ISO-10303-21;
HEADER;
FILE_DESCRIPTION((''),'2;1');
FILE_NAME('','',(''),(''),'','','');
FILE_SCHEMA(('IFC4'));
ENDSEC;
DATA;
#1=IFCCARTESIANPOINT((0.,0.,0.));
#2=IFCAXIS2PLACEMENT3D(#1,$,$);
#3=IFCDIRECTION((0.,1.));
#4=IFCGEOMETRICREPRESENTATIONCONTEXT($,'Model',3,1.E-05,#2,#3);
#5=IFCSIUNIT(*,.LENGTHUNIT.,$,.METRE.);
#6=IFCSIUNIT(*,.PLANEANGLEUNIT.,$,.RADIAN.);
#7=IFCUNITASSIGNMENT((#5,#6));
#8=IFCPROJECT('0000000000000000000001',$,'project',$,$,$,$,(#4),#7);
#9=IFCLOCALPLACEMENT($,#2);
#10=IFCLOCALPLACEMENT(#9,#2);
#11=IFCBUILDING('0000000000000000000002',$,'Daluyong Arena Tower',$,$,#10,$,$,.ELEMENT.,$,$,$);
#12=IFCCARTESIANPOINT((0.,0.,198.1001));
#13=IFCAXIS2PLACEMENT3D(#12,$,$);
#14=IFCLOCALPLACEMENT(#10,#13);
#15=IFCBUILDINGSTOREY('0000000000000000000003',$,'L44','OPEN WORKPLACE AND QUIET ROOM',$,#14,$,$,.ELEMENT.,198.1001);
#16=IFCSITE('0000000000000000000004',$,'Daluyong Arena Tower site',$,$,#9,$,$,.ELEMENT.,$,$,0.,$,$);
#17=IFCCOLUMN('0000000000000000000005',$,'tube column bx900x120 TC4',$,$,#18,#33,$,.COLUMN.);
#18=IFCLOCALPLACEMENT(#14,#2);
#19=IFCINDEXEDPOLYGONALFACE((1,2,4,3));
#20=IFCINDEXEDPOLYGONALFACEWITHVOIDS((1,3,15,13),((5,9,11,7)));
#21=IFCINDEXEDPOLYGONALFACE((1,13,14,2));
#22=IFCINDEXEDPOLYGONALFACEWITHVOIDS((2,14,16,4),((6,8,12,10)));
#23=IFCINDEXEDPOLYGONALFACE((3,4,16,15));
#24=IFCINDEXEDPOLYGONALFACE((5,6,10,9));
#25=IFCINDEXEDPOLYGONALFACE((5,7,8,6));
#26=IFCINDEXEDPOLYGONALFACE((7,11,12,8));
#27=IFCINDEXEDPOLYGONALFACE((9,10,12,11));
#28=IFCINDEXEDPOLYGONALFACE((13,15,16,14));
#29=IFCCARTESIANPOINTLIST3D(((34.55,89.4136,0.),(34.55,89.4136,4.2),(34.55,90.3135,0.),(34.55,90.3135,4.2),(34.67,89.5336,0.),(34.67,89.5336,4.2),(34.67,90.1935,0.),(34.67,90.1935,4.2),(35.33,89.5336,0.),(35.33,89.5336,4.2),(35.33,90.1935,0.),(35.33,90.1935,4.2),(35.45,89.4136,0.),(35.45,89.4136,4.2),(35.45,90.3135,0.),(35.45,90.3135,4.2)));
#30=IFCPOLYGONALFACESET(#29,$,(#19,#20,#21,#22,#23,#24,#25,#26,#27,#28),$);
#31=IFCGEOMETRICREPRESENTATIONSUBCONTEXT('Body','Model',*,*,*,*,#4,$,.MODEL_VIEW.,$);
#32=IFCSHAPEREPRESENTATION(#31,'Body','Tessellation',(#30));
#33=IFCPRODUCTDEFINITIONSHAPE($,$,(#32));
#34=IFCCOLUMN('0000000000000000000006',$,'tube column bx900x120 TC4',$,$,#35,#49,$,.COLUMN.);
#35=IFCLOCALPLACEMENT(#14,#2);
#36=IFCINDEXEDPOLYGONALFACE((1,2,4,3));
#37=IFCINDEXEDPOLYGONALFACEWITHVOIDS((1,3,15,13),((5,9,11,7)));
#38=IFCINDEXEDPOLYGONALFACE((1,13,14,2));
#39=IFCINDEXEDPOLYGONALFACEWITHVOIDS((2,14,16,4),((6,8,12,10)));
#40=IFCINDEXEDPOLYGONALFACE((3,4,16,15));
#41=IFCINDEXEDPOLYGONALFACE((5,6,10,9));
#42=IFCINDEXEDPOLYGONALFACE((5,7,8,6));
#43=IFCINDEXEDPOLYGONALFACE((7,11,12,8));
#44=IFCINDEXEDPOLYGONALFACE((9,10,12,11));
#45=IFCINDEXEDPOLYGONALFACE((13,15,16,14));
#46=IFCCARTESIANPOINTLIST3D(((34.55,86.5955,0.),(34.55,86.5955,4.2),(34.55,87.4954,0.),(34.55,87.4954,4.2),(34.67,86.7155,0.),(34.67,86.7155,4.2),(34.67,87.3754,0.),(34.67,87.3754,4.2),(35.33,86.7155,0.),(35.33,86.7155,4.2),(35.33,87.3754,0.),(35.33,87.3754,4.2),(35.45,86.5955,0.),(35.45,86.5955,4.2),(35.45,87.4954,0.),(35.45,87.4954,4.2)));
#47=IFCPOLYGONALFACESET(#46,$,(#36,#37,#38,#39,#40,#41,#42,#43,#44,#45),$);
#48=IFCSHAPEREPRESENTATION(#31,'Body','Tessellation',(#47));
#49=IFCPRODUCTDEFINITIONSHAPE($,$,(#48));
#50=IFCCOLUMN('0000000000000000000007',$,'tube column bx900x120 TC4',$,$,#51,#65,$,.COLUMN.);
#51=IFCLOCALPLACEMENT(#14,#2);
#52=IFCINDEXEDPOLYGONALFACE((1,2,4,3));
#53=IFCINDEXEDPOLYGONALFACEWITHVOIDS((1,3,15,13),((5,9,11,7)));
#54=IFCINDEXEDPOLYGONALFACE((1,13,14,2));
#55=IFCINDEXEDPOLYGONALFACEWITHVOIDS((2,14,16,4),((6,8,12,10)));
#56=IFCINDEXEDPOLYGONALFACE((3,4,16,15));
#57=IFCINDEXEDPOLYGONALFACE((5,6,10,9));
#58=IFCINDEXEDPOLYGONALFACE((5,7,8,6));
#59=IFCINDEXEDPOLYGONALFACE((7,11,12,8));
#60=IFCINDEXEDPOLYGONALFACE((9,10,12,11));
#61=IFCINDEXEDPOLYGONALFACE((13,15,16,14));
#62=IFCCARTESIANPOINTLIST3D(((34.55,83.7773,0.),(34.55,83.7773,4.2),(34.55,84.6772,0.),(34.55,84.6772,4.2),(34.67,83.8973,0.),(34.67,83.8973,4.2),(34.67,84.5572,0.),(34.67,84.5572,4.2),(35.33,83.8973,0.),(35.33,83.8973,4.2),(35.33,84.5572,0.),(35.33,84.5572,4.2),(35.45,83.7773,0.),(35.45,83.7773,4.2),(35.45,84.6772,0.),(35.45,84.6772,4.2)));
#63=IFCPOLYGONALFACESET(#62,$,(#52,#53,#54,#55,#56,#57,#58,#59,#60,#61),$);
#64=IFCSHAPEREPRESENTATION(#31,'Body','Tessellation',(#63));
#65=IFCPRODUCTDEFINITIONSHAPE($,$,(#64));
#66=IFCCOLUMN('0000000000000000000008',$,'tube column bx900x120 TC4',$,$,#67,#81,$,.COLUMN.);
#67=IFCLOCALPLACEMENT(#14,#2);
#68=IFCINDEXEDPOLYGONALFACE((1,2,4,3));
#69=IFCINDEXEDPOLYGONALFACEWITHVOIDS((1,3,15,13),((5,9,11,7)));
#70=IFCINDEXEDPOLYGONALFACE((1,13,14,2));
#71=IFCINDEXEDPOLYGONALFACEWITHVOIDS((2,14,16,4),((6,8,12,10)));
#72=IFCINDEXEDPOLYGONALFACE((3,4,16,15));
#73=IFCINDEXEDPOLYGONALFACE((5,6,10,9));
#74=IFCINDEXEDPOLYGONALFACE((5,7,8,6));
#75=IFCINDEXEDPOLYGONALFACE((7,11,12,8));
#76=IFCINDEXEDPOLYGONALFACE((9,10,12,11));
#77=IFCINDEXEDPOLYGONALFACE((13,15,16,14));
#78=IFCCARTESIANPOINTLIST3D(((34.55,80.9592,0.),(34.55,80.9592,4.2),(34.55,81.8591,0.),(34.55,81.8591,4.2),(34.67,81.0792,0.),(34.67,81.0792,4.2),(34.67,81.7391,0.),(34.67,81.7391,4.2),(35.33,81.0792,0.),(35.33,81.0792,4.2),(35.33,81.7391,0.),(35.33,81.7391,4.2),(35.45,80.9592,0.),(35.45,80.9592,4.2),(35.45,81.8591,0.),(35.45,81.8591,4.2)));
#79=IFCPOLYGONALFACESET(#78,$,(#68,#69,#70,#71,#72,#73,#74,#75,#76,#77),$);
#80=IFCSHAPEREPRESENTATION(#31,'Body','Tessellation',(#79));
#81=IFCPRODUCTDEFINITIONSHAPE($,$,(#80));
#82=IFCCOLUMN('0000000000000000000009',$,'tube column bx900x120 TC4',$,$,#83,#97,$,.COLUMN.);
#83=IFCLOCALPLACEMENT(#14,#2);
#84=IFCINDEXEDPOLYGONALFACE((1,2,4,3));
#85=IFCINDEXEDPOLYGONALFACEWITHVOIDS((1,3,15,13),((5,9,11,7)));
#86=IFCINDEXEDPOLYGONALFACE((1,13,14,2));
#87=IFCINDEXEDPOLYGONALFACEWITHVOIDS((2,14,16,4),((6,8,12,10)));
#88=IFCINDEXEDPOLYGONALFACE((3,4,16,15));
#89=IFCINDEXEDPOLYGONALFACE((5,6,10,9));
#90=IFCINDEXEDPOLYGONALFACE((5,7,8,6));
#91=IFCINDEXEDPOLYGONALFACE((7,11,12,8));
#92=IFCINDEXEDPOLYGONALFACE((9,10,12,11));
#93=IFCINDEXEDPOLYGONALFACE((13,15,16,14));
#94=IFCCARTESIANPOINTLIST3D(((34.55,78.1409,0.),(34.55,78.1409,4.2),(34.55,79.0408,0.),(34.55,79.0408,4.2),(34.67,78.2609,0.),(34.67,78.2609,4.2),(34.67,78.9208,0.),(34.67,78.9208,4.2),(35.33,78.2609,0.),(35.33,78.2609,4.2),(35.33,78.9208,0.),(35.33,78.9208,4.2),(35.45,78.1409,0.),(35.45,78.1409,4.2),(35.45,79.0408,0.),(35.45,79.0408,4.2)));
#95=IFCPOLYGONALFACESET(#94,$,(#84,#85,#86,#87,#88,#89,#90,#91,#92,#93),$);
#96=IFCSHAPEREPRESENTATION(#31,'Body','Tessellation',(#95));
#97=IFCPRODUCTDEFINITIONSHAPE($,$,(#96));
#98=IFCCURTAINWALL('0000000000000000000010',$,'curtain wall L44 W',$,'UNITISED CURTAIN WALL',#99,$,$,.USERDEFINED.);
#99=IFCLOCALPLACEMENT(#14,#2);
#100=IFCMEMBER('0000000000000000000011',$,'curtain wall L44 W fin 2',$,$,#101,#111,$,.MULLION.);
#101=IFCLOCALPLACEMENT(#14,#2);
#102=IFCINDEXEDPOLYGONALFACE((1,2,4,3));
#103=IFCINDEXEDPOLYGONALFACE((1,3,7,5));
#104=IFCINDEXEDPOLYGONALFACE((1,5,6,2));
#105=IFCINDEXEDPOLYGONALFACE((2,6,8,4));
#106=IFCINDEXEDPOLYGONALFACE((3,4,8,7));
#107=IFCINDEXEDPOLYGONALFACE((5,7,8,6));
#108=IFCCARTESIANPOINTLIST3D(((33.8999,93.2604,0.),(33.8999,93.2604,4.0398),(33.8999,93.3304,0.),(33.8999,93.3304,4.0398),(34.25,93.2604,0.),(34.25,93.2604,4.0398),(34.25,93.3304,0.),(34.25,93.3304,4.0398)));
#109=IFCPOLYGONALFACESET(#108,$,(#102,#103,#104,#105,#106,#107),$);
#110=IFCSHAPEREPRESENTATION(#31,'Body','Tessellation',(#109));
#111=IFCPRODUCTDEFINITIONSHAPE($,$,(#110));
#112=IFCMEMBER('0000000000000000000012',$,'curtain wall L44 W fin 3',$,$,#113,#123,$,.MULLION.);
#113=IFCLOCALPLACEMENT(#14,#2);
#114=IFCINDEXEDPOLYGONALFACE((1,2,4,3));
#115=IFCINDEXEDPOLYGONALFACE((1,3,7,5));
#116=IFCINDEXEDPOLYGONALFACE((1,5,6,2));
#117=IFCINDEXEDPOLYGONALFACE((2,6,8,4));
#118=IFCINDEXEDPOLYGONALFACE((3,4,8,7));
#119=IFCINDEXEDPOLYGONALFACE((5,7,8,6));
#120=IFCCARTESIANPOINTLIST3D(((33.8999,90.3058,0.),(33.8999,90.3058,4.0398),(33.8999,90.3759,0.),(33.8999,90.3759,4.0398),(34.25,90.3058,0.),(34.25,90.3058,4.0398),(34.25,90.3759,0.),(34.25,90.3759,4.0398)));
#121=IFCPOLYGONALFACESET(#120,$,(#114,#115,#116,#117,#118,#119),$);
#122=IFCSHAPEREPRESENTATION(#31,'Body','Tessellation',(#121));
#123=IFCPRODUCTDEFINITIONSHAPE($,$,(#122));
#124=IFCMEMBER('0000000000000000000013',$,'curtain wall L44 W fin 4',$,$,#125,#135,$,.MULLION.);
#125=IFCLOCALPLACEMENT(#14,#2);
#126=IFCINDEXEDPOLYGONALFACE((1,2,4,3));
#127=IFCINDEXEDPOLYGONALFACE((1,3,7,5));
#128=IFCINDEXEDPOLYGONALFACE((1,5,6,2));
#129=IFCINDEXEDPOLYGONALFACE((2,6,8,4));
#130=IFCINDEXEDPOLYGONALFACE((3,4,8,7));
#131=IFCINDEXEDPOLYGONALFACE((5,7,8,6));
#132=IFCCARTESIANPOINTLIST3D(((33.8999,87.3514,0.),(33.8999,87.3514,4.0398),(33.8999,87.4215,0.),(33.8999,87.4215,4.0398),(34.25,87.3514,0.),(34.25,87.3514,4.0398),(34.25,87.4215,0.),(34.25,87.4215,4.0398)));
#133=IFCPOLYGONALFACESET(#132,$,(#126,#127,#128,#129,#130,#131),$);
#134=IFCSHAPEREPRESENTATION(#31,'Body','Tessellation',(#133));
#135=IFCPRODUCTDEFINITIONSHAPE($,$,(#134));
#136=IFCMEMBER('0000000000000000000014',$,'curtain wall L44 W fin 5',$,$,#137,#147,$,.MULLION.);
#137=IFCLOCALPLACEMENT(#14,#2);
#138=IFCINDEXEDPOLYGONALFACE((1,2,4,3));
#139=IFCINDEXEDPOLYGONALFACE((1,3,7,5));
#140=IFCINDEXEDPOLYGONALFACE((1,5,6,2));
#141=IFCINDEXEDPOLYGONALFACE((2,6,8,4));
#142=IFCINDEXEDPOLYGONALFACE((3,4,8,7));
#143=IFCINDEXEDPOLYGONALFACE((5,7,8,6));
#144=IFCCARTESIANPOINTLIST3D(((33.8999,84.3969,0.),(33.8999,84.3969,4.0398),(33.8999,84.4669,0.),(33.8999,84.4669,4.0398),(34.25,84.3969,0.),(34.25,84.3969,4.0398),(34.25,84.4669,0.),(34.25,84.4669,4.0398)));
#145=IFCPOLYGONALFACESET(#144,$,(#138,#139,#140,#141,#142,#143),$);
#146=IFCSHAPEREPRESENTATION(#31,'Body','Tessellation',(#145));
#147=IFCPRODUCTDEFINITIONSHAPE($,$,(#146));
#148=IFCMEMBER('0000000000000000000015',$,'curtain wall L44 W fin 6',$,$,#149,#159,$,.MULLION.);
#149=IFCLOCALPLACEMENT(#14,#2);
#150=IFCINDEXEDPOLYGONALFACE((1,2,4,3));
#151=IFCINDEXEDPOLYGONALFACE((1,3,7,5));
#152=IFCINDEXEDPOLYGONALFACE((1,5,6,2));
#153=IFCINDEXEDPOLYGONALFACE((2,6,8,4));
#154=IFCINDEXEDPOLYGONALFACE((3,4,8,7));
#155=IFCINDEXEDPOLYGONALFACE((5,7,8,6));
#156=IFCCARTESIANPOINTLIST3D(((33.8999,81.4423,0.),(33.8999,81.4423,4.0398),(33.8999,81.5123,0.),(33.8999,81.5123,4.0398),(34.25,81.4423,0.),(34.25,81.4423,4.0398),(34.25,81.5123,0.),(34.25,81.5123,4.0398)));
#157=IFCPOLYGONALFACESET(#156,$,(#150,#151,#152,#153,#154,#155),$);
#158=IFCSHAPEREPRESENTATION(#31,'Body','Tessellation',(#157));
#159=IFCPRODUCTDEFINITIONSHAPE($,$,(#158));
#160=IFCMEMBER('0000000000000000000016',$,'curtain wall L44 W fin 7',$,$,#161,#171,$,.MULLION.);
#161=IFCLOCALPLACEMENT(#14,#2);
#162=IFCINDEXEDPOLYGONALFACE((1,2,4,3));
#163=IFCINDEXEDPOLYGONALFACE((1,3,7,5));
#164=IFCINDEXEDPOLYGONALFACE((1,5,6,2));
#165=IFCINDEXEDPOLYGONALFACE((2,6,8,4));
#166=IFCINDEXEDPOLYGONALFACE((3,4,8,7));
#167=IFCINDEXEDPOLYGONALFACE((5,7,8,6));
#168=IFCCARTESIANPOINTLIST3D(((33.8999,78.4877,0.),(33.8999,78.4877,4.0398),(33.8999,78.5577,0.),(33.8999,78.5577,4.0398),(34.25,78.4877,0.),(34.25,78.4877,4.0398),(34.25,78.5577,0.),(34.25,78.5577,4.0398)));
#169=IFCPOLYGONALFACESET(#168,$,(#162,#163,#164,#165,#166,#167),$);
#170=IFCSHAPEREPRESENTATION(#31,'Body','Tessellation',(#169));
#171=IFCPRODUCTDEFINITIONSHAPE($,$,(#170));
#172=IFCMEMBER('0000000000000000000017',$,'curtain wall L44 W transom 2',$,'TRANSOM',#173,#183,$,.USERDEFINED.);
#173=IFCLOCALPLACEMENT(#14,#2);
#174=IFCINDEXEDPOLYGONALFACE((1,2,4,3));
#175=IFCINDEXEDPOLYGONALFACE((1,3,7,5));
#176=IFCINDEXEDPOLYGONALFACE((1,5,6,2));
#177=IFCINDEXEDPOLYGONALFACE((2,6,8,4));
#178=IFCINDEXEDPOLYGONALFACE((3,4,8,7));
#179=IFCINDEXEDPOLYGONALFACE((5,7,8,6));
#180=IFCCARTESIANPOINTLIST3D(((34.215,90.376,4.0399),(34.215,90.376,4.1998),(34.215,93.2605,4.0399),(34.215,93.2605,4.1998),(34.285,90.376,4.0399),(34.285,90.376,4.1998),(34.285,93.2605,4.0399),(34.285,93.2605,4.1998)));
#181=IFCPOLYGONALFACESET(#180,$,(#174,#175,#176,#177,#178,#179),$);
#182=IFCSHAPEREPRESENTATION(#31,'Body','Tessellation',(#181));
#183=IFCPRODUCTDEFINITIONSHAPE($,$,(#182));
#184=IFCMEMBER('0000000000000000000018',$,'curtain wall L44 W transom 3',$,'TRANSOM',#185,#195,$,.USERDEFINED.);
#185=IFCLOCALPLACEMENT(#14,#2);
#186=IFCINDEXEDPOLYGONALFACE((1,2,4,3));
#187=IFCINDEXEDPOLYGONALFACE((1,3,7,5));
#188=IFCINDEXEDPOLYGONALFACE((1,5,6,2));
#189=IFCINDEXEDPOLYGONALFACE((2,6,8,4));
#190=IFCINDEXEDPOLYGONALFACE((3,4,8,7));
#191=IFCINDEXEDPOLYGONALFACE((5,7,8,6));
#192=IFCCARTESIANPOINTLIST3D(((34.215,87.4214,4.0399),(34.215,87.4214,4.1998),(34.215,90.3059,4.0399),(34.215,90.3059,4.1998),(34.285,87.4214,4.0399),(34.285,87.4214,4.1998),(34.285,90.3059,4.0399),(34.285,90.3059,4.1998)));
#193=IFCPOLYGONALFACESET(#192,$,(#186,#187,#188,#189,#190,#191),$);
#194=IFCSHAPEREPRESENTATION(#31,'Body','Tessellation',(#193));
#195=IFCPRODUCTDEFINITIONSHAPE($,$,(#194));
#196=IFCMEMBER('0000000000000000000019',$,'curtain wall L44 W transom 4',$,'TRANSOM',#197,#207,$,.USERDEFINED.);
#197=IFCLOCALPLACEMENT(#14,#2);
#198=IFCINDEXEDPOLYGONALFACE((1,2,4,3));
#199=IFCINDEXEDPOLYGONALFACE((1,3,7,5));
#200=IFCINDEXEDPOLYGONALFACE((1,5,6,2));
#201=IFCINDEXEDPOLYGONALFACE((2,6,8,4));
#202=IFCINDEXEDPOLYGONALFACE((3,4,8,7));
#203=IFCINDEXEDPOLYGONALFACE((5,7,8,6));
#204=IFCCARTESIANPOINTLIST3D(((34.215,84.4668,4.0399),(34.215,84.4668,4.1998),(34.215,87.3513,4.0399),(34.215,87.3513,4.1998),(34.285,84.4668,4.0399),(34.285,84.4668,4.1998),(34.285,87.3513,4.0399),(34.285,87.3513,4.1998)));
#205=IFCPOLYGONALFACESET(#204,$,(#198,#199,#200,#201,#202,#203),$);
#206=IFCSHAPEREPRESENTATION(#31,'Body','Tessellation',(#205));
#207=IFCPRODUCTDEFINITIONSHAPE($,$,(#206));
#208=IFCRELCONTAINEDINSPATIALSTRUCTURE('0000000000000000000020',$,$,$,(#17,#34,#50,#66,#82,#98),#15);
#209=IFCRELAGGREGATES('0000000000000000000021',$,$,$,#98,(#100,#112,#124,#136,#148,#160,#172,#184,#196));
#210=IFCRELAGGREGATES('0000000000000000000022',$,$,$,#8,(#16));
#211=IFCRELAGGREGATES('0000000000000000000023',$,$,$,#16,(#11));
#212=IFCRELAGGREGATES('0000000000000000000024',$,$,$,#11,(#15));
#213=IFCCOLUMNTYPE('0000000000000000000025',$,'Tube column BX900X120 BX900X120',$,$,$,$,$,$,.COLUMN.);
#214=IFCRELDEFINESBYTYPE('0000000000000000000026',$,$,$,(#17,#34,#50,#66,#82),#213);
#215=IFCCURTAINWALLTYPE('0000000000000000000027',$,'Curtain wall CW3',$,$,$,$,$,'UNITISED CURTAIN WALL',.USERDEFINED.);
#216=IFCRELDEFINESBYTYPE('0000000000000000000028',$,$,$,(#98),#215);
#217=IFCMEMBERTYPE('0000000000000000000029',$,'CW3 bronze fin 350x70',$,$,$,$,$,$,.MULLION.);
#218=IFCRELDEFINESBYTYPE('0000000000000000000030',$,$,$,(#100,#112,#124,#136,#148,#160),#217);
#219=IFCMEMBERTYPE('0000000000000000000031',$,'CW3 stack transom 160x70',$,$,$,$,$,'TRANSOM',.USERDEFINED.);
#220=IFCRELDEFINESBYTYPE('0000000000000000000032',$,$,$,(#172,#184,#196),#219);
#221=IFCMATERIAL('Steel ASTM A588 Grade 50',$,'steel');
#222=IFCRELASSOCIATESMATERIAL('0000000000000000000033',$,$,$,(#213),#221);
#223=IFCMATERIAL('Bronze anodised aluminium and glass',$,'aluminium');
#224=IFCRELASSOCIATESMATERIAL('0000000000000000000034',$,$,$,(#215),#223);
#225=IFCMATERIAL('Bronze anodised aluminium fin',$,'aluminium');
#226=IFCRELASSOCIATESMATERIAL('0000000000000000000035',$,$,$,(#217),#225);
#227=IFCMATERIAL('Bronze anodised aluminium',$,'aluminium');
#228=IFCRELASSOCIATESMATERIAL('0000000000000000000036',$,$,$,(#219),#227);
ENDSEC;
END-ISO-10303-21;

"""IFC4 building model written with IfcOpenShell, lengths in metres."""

from ifc_helpers import new_model, si_unit, direction, frame, origin, origin_2d, place, context, subcontext, project, spatial, rectangle, hollow_rectangle, extrude, material, material_profile, profile_set, type_object, element, aggregate, save


model = new_model("IFC4")

# Units and contexts
model_context = context("Model", 3, precision=1e-05, world=origin(), true_north=direction((0.0, 1.0)))
body_context = subcontext(model_context, "Body", "Model", "MODEL_VIEW")
ifc_project = project(units=[si_unit("LENGTHUNIT", "METRE"), si_unit("PLANEANGLEUNIT", "RADIAN")], contexts=[model_context])

# Site, building, storey
site_placement = place(None, origin())
site = spatial("IfcSite", under=ifc_project, at=site_placement, Name="Daluyong Arena Tower site", CompositionType="ELEMENT", RefElevation=0.0)
building_placement = place(site_placement, origin())
building = spatial("IfcBuilding", under=site, at=building_placement, Name="Daluyong Arena Tower", CompositionType="ELEMENT")
storey_placement = place(building_placement, frame((0.0, 0.0, 198.1001)))
storey = spatial("IfcBuildingStorey", under=building, at=storey_placement, Name="L44", Description="OPEN WORKPLACE AND QUIET ROOM", CompositionType="ELEMENT", Elevation=198.1001)

# Columns
ifc_material_1 = material(Name="Steel ASTM A588 Grade 50", Category="steel")
ifc_material_profile_1 = material_profile(ifc_material_1, hollow_rectangle(XDim=0.8999, YDim=0.8999, WallThickness=0.12, at=origin_2d()))
ifc_profile_set_1 = profile_set([ifc_material_profile_1], Name="Steel ASTM A588 Grade 50")
column_type = type_object("IfcColumnType", Name="Tube column BX900X120 BX900X120", PredefinedType="COLUMN", material=ifc_profile_set_1)
for number, where, z_axis, x_axis, name in (
    (1, (35.0, 89.8635, 0.0), (0.0, 0.0, 1.0), (0.0, 1.0, 0.0), "tube column bx900x120 TC4"),
    (2, (35.0, 87.0454, 0.0), (0.0, 0.0, 1.0), (0.0, 1.0, 0.0), "tube column bx900x120 TC4"),
    (3, (35.0, 84.2273, 0.0), (0.0, 0.0, 1.0), (0.0, 1.0, 0.0), "tube column bx900x120 TC4"),
    (4, (35.0, 81.4092, 0.0), (0.0, 0.0, 1.0), (0.0, 1.0, 0.0), "tube column bx900x120 TC4"),
    (5, (35.0, 78.5908, 0.0), (0.0, 0.0, 1.0), (0.0, 1.0, 0.0), "tube column bx900x120 TC4"),
):
    element("IfcColumn", number, at=place(storey_placement, frame(where, z_axis=z_axis, x_axis=x_axis)), inside=storey, type_object=column_type, Name=name, PredefinedType="COLUMN", context=body_context, shape_type="SweptSolid", body=[
        extrude(hollow_rectangle(XDim=0.8999, YDim=0.8999, WallThickness=0.12, at=origin_2d()), origin(), (0.0, 0.0, 1.0), 4.2),
    ])

# Curtain wall, members
ifc_material_2 = material(Name="Bronze anodised aluminium and glass", Category="aluminium")
curtain_wall_type = type_object("IfcCurtainWallType", Name="Curtain wall CW3", ElementType="UNITISED CURTAIN WALL", PredefinedType="USERDEFINED", material=ifc_material_2)
curtain_wall_placement = place(storey_placement, origin())
curtain_wall = element("IfcCurtainWall", 6, at=curtain_wall_placement, inside=storey, type_object=curtain_wall_type, Name="curtain wall L44 W", ObjectType="UNITISED CURTAIN WALL", PredefinedType="USERDEFINED")
ifc_material_3 = material(Name="Bronze anodised aluminium fin", Category="aluminium")
ifc_material_profile_2 = material_profile(ifc_material_3, rectangle(XDim=0.3501, YDim=0.0701, at=origin_2d()))
ifc_profile_set_2 = profile_set([ifc_material_profile_2], Name="Bronze anodised aluminium fin")
member_type_1 = type_object("IfcMemberType", Name="CW3 bronze fin 350x70", PredefinedType="MULLION", material=ifc_profile_set_2)
member_1_placement = place(storey_placement, frame((34.075, 93.2954, 0.0), z_axis=(0.0, 0.0, 1.0), x_axis=(1.0, 0.0, 0.0)))
member_1 = element("IfcMember", 7, at=member_1_placement, type_object=member_type_1, Name="curtain wall L44 W fin 2", PredefinedType="MULLION", context=body_context, shape_type="SweptSolid", body=[
    extrude(rectangle(XDim=0.3501, YDim=0.0701, at=origin_2d()), origin(), (0.0, 0.0, 1.0), 4.0398),
])
member_2_placement = place(storey_placement, frame((34.075, 90.3408, 0.0), z_axis=(0.0, 0.0, 1.0), x_axis=(1.0, 0.0, 0.0)))
member_2 = element("IfcMember", 8, at=member_2_placement, type_object=member_type_1, Name="curtain wall L44 W fin 3", PredefinedType="MULLION", context=body_context, shape_type="SweptSolid", body=[
    extrude(rectangle(XDim=0.3501, YDim=0.0701, at=origin_2d()), origin(), (0.0, 0.0, 1.0), 4.0398),
])
member_3_placement = place(storey_placement, frame((34.075, 87.3865, 0.0), z_axis=(0.0, 0.0, 1.0), x_axis=(1.0, 0.0, 0.0)))
member_3 = element("IfcMember", 9, at=member_3_placement, type_object=member_type_1, Name="curtain wall L44 W fin 4", PredefinedType="MULLION", context=body_context, shape_type="SweptSolid", body=[
    extrude(rectangle(XDim=0.3501, YDim=0.0701, at=origin_2d()), origin(), (0.0, 0.0, 1.0), 4.0398),
])
member_4_placement = place(storey_placement, frame((34.075, 84.4319, 0.0), z_axis=(0.0, 0.0, 1.0), x_axis=(1.0, 0.0, 0.0)))
member_4 = element("IfcMember", 10, at=member_4_placement, type_object=member_type_1, Name="curtain wall L44 W fin 5", PredefinedType="MULLION", context=body_context, shape_type="SweptSolid", body=[
    extrude(rectangle(XDim=0.3501, YDim=0.0701, at=origin_2d()), origin(), (0.0, 0.0, 1.0), 4.0398),
])
member_5_placement = place(storey_placement, frame((34.075, 81.4773, 0.0), z_axis=(0.0, 0.0, 1.0), x_axis=(1.0, 0.0, 0.0)))
member_5 = element("IfcMember", 11, at=member_5_placement, type_object=member_type_1, Name="curtain wall L44 W fin 6", PredefinedType="MULLION", context=body_context, shape_type="SweptSolid", body=[
    extrude(rectangle(XDim=0.3501, YDim=0.0701, at=origin_2d()), origin(), (0.0, 0.0, 1.0), 4.0398),
])
member_6_placement = place(storey_placement, frame((34.075, 78.5227, 0.0), z_axis=(0.0, 0.0, 1.0), x_axis=(1.0, 0.0, 0.0)))
member_6 = element("IfcMember", 12, at=member_6_placement, type_object=member_type_1, Name="curtain wall L44 W fin 7", PredefinedType="MULLION", context=body_context, shape_type="SweptSolid", body=[
    extrude(rectangle(XDim=0.3501, YDim=0.0701, at=origin_2d()), origin(), (0.0, 0.0, 1.0), 4.0398),
])
ifc_material_4 = material(Name="Bronze anodised aluminium", Category="aluminium")
ifc_material_profile_3 = material_profile(ifc_material_4, rectangle(XDim=0.0701, YDim=0.1599, at=origin_2d()))
ifc_profile_set_3 = profile_set([ifc_material_profile_3], Name="Bronze anodised aluminium")
member_type_2 = type_object("IfcMemberType", Name="CW3 stack transom 160x70", ElementType="TRANSOM", PredefinedType="USERDEFINED", material=ifc_profile_set_3)
member_7_placement = place(storey_placement, frame((34.25, 93.2605, 4.1199), z_axis=(0.0, -1.0, 0.0), x_axis=(1.0, 0.0, 0.0)))
member_7 = element("IfcMember", 13, at=member_7_placement, type_object=member_type_2, Name="curtain wall L44 W transom 2", ObjectType="TRANSOM", PredefinedType="USERDEFINED", context=body_context, shape_type="SweptSolid", body=[
    extrude(rectangle(XDim=0.0701, YDim=0.1599, at=origin_2d()), origin(), (0.0, 0.0, 1.0), 2.8845),
])
member_8_placement = place(storey_placement, frame((34.25, 90.3059, 4.1199), z_axis=(0.0, -1.0, 0.0), x_axis=(1.0, 0.0, 0.0)))
member_8 = element("IfcMember", 14, at=member_8_placement, type_object=member_type_2, Name="curtain wall L44 W transom 3", ObjectType="TRANSOM", PredefinedType="USERDEFINED", context=body_context, shape_type="SweptSolid", body=[
    extrude(rectangle(XDim=0.0701, YDim=0.1599, at=origin_2d()), origin(), (0.0, 0.0, 1.0), 2.8845),
])
member_9_placement = place(storey_placement, frame((34.25, 87.3513, 4.1199), z_axis=(0.0, -1.0, 0.0), x_axis=(1.0, 0.0, 0.0)))
member_9 = element("IfcMember", 15, at=member_9_placement, type_object=member_type_2, Name="curtain wall L44 W transom 4", ObjectType="TRANSOM", PredefinedType="USERDEFINED", context=body_context, shape_type="SweptSolid", body=[
    extrude(rectangle(XDim=0.0701, YDim=0.1599, at=origin_2d()), origin(), (0.0, 0.0, 1.0), 2.8845),
])

aggregate(curtain_wall, [member_1, member_2, member_3, member_4, member_5, member_6, member_7, member_8, member_9])

save(model, "model.ifc")
